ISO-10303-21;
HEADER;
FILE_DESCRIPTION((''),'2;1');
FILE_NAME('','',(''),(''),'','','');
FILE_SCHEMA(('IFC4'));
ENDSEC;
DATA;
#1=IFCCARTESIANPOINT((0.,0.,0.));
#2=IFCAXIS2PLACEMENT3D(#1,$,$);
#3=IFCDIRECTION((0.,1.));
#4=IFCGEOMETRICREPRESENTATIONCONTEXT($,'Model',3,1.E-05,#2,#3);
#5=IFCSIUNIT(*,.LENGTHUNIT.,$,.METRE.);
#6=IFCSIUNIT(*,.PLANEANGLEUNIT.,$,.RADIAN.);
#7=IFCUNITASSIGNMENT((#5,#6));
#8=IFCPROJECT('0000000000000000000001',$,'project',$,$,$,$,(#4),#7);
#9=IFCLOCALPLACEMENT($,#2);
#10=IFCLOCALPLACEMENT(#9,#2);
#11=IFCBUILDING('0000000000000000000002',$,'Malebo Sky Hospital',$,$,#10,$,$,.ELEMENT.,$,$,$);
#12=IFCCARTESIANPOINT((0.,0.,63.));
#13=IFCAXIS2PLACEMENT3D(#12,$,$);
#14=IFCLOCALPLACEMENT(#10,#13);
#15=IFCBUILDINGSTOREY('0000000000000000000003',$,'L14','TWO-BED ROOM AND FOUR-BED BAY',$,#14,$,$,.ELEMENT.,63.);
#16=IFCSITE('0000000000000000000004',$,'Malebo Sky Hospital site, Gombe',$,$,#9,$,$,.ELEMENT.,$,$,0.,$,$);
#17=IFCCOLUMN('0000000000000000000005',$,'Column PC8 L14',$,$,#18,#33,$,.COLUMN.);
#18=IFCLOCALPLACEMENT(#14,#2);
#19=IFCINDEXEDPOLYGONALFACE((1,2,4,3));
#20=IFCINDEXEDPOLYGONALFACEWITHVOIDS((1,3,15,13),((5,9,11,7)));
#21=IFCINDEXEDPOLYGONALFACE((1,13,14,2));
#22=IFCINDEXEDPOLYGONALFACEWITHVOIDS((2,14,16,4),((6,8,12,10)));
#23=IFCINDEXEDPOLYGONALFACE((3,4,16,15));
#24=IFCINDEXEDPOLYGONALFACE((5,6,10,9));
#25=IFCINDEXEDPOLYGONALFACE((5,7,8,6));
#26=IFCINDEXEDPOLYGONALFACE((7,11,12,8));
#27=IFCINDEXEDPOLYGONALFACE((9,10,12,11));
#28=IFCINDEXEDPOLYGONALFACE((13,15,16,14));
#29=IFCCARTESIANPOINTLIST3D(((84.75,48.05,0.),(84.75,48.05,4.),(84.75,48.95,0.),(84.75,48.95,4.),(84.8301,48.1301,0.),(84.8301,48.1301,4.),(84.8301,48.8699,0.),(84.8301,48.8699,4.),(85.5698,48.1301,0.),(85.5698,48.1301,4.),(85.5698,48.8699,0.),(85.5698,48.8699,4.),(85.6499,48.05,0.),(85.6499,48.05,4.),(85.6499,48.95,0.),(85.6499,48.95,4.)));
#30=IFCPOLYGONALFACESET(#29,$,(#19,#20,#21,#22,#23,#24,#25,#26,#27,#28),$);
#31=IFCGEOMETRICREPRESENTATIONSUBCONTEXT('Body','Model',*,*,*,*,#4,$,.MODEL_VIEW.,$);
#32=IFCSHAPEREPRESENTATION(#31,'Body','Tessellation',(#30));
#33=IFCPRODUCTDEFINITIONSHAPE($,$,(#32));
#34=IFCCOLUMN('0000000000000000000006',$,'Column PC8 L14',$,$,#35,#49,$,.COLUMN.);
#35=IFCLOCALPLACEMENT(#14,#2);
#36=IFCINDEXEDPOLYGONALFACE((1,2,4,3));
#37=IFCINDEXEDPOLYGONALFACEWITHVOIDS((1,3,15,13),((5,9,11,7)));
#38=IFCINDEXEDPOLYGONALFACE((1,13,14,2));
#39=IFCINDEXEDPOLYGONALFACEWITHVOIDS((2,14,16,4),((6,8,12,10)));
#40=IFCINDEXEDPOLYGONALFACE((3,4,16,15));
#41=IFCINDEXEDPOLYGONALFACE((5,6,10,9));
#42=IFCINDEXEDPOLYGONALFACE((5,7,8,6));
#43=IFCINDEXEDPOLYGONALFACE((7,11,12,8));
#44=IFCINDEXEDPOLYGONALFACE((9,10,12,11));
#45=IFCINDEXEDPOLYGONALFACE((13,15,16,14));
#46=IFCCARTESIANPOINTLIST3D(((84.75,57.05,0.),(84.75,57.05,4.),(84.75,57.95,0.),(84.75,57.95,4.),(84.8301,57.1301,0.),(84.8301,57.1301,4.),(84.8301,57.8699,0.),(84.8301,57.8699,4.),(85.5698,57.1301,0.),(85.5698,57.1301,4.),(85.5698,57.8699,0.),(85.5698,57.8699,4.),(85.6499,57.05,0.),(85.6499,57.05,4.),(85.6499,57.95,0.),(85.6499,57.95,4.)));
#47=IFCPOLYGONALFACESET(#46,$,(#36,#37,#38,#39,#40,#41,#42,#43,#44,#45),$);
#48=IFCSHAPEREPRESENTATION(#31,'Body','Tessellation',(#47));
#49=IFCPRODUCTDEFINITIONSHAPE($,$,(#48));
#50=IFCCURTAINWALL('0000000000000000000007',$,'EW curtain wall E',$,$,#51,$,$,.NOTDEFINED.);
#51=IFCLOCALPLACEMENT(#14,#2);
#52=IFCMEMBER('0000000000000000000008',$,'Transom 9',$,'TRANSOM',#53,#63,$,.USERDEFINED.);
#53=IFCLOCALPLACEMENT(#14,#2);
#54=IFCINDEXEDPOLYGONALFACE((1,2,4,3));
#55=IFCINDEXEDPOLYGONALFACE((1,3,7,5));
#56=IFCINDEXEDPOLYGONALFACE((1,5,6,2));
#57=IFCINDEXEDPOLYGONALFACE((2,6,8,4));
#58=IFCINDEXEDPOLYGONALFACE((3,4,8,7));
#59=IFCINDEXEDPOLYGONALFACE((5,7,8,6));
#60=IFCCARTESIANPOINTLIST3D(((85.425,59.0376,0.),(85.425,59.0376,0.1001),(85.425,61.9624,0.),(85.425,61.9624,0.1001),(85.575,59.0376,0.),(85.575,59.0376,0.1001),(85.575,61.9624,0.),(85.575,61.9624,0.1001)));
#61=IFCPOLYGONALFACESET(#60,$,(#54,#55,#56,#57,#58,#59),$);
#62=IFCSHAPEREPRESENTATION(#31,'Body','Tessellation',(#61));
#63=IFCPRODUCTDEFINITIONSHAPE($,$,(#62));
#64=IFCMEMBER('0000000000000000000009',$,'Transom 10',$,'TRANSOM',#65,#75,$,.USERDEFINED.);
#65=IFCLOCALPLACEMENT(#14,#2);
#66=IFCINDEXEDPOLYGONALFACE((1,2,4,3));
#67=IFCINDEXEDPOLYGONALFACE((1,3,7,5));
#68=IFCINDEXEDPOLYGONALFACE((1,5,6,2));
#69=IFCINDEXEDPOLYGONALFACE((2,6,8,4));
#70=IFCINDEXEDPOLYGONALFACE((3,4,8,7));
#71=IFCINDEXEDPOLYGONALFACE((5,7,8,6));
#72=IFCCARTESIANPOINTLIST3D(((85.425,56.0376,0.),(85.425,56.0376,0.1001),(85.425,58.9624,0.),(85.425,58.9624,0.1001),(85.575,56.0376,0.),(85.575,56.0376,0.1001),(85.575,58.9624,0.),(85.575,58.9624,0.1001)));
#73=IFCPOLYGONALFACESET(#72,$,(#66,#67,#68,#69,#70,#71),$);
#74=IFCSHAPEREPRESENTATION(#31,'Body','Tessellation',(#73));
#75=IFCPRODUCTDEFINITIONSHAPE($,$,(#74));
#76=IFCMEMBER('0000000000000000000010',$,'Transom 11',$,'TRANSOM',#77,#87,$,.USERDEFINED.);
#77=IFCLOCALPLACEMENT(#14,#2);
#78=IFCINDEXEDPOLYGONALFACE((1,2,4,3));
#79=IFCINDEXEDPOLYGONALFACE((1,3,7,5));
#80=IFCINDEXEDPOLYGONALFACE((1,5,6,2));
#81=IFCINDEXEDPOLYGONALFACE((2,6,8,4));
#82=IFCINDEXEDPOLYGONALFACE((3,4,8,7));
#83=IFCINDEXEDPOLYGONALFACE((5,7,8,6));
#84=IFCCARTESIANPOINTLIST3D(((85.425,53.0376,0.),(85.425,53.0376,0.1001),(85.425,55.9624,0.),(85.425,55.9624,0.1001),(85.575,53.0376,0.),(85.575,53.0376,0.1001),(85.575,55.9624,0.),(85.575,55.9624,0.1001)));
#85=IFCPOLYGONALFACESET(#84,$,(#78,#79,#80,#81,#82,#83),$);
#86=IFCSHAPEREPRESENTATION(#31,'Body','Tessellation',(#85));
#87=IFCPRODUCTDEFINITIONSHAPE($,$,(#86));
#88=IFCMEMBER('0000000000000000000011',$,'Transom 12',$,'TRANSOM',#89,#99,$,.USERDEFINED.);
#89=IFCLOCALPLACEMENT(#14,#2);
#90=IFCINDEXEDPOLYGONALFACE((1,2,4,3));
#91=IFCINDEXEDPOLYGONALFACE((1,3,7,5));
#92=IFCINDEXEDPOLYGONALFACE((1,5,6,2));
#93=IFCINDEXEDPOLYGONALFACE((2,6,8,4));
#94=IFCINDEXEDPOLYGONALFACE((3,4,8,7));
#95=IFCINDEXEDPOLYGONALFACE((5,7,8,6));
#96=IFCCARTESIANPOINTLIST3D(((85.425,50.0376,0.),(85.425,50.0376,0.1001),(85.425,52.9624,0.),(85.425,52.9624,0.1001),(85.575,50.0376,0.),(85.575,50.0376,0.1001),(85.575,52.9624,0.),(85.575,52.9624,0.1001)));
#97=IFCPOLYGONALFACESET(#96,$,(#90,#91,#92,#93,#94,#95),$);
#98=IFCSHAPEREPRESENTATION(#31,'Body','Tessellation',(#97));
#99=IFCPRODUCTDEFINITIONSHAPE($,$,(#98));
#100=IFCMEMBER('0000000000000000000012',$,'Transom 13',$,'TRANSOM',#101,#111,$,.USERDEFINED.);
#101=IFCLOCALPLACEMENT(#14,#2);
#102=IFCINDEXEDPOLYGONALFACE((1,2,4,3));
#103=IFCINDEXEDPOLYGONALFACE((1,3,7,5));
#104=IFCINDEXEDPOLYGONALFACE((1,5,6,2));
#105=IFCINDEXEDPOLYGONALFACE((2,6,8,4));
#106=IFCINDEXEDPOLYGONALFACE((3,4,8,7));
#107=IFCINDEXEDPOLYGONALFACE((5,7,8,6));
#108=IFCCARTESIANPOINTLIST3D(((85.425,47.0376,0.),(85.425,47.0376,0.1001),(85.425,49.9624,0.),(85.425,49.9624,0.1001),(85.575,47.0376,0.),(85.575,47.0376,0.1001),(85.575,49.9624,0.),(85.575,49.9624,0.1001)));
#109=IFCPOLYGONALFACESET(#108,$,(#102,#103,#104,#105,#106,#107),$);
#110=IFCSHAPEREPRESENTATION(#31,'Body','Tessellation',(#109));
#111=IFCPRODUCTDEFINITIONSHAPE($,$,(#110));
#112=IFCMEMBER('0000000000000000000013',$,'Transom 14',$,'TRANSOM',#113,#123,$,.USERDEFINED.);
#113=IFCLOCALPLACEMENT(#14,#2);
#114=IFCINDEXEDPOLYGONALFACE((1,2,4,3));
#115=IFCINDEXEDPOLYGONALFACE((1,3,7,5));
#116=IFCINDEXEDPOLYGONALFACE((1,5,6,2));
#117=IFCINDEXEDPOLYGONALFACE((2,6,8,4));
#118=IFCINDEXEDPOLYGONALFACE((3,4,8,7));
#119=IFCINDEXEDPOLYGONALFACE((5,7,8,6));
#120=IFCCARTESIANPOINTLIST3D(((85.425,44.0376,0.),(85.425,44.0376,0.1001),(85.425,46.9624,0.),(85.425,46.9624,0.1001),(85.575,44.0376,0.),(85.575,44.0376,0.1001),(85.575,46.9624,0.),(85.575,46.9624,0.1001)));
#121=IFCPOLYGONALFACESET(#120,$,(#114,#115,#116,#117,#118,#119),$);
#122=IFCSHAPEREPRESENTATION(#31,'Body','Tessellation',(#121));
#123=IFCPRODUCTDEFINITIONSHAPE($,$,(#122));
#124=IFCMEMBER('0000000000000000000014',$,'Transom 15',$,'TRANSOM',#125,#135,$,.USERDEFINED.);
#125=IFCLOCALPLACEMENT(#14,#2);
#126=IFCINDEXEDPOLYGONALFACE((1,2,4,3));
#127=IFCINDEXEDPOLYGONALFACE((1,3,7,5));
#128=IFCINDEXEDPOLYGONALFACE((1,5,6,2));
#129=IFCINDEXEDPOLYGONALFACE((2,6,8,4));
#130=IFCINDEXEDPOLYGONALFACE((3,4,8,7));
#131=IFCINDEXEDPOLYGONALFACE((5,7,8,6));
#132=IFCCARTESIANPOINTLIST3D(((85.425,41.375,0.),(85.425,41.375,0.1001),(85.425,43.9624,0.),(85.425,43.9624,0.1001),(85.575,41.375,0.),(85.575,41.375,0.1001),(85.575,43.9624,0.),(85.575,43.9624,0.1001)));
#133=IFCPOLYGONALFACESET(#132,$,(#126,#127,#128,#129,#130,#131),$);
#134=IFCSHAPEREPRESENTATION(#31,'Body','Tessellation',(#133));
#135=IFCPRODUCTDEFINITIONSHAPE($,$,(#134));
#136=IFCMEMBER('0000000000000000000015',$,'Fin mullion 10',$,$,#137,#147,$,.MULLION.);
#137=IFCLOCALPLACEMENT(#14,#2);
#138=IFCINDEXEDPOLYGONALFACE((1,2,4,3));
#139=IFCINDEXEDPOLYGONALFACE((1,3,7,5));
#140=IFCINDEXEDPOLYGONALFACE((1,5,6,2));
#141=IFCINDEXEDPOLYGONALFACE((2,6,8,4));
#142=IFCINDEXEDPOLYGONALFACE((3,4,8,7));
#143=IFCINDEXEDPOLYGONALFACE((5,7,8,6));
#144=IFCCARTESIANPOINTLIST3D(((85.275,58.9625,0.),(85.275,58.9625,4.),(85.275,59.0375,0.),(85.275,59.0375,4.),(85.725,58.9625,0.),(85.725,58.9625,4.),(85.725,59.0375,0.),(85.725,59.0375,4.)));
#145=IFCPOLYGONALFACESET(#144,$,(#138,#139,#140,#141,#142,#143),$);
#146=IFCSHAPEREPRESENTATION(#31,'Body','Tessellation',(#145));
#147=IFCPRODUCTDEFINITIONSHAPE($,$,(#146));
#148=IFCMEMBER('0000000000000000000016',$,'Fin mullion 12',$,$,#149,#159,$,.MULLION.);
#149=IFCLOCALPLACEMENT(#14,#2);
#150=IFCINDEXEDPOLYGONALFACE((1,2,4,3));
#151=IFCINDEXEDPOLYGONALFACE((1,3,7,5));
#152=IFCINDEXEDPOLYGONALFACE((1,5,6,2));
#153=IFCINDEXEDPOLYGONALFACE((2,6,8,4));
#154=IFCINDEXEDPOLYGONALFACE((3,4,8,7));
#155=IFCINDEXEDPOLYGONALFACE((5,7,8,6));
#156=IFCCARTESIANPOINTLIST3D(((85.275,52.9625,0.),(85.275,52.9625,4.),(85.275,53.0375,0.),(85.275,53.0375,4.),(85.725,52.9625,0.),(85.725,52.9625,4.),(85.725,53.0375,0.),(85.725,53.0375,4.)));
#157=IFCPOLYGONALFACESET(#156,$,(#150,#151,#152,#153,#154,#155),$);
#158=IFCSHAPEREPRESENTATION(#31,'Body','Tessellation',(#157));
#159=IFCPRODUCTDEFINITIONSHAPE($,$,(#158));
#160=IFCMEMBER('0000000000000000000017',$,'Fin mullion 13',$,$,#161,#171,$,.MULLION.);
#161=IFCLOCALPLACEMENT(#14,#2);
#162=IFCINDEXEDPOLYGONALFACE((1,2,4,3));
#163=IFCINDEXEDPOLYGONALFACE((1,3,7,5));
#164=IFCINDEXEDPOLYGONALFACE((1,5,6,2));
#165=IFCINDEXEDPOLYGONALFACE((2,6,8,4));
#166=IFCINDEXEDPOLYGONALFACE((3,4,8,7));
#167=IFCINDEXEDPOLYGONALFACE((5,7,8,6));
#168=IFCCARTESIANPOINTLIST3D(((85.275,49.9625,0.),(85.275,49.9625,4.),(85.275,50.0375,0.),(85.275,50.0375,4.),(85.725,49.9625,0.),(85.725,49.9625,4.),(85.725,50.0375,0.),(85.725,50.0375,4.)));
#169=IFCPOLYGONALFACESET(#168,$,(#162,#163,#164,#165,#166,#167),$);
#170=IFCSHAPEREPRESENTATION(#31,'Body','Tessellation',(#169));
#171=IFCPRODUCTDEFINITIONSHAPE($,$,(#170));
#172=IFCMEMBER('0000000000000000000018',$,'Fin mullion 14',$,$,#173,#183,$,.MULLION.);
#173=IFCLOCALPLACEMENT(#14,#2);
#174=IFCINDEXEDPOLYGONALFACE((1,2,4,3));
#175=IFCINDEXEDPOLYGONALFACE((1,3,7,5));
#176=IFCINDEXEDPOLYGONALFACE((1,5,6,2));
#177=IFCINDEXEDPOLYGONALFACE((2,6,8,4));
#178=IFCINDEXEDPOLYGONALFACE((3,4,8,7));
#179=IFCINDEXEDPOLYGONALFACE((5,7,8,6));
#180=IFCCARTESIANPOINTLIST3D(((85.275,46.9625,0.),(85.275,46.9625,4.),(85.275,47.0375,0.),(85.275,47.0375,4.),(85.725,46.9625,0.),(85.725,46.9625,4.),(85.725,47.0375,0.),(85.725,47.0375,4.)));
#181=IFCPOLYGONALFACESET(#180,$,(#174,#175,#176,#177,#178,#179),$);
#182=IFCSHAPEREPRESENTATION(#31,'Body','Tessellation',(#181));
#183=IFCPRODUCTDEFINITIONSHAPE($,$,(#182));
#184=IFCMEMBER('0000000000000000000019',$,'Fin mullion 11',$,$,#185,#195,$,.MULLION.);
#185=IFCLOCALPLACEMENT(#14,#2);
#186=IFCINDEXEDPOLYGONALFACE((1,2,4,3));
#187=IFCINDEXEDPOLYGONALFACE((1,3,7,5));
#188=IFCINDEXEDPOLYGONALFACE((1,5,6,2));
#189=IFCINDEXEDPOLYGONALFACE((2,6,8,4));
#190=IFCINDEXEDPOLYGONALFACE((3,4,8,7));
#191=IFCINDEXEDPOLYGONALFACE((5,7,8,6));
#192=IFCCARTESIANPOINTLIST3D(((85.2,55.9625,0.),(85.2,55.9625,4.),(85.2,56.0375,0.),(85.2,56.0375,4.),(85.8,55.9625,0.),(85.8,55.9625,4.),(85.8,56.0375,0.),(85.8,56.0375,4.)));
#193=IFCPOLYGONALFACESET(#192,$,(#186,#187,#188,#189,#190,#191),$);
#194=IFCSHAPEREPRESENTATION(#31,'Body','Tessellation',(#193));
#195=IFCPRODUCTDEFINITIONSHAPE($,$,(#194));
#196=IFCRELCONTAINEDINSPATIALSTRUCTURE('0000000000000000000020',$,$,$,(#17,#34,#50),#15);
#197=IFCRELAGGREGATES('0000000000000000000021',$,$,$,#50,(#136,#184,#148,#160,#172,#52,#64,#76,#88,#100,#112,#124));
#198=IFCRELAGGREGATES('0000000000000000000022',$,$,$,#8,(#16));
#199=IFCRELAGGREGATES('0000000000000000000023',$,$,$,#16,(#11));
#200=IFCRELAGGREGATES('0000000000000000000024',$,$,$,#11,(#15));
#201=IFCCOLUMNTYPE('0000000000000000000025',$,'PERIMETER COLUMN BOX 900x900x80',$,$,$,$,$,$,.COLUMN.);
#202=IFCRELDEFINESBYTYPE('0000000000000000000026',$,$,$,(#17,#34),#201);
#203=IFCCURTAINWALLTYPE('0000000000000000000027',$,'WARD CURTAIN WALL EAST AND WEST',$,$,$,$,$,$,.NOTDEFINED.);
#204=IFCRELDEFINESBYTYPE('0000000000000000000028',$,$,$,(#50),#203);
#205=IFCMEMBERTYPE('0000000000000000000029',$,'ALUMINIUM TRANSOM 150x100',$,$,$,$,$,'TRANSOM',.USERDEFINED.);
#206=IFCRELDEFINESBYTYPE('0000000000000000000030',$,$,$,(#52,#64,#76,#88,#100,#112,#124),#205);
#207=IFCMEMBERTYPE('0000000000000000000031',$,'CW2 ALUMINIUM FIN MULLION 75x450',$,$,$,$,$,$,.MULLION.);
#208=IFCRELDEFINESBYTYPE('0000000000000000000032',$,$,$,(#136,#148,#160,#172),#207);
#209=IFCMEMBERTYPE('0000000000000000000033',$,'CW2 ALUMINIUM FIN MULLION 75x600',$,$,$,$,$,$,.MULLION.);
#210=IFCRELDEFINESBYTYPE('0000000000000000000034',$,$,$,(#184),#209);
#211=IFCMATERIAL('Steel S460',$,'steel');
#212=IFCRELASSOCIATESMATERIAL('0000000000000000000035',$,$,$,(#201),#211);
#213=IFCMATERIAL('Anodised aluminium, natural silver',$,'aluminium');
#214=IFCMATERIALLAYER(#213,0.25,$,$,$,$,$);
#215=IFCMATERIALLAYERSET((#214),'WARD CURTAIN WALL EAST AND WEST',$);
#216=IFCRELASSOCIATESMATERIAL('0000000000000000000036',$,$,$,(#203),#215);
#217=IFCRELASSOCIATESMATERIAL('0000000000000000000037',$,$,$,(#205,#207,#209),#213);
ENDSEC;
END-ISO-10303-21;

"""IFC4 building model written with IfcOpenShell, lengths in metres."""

from ifc_helpers import new_model, si_unit, direction, frame, origin, origin_2d, place, context, subcontext, project, spatial, rectangle, hollow_rectangle, extrude, material, layer, layer_set, material_profile, profile_set, type_object, element, aggregate, save


model = new_model("IFC4")

# Units and contexts
model_context = context("Model", 3, precision=1e-05, world=origin(), true_north=direction((0.0, 1.0)))
body_context = subcontext(model_context, "Body", "Model", "MODEL_VIEW")
ifc_project = project(units=[si_unit("LENGTHUNIT", "METRE"), si_unit("PLANEANGLEUNIT", "RADIAN")], contexts=[model_context])

# Site, building, storey
site_placement = place(None, origin())
site = spatial("IfcSite", under=ifc_project, at=site_placement, Name="Malebo Sky Hospital site, Gombe", CompositionType="ELEMENT", RefElevation=0.0)
building_placement = place(site_placement, origin())
building = spatial("IfcBuilding", under=site, at=building_placement, Name="Malebo Sky Hospital", CompositionType="ELEMENT")
storey_placement = place(building_placement, frame((0.0, 0.0, 63.0)))
storey = spatial("IfcBuildingStorey", under=building, at=storey_placement, Name="L14", Description="TWO-BED ROOM AND FOUR-BED BAY", CompositionType="ELEMENT", Elevation=63.0)

# Columns
ifc_material_1 = material(Name="Steel S460", Category="steel")
ifc_material_profile_1 = material_profile(ifc_material_1, hollow_rectangle(XDim=0.8999, YDim=0.8999, WallThickness=0.0801, at=origin_2d()), Name="BOX 900x900x80")
ifc_profile_set_1 = profile_set([ifc_material_profile_1], Name="Steel S460")
column_type = type_object("IfcColumnType", Name="PERIMETER COLUMN BOX 900x900x80", PredefinedType="COLUMN", material=ifc_profile_set_1)
for number, where, z_axis, x_axis, name in (
    (1, (85.2, 48.5, 0.0), (0.0, 0.0, 1.0), (1.0, 0.0, 0.0), "Column PC8 L14"),
    (2, (85.2, 57.5, 0.0), (0.0, 0.0, 1.0), (1.0, 0.0, 0.0), "Column PC8 L14"),
):
    element("IfcColumn", number, at=place(storey_placement, frame(where, z_axis=z_axis, x_axis=x_axis)), inside=storey, type_object=column_type, Name=name, PredefinedType="COLUMN", context=body_context, shape_type="SweptSolid", body=[
        extrude(hollow_rectangle(XDim=0.8999, YDim=0.8999, WallThickness=0.0801, at=origin_2d()), origin(), (0.0, 0.0, 1.0), 4.0),
    ])

# Curtain wall, members
ifc_material_2 = material(Name="Anodised aluminium, natural silver", Category="aluminium")
ifc_layer_1 = layer(ifc_material_2, 0.25)
ifc_layer_set_1 = layer_set([ifc_layer_1], Name="WARD CURTAIN WALL EAST AND WEST")
curtain_wall_type = type_object("IfcCurtainWallType", Name="WARD CURTAIN WALL EAST AND WEST", PredefinedType="NOTDEFINED", material=ifc_layer_set_1)
curtain_wall_placement = place(storey_placement, origin())
curtain_wall = element("IfcCurtainWall", 3, at=curtain_wall_placement, inside=storey, type_object=curtain_wall_type, Name="EW curtain wall E", PredefinedType="NOTDEFINED")
ifc_material_profile_2 = material_profile(ifc_material_2, rectangle(XDim=0.1499, YDim=0.1001, at=origin_2d()), Name="ALUMINIUM TRANSOM 150x100")
ifc_profile_set_2 = profile_set([ifc_material_profile_2], Name="Anodised aluminium, natural silver")
member_type_1 = type_object("IfcMemberType", Name="ALUMINIUM TRANSOM 150x100", ElementType="TRANSOM", PredefinedType="USERDEFINED", material=ifc_profile_set_2)
member_1_placement = place(storey_placement, frame((85.5, 61.9624, 0.05), z_axis=(0.0, -1.0, 0.0), x_axis=(1.0, 0.0, 0.0)))
member_1 = element("IfcMember", 4, at=member_1_placement, type_object=member_type_1, Name="Transom 9", ObjectType="TRANSOM", PredefinedType="USERDEFINED", context=body_context, shape_type="SweptSolid", body=[
    extrude(rectangle(XDim=0.1499, YDim=0.1001, at=origin_2d()), origin(), (0.0, 0.0, 1.0), 2.9248),
])
member_2_placement = place(storey_placement, frame((85.5, 58.9624, 0.05), z_axis=(0.0, -1.0, 0.0), x_axis=(1.0, 0.0, 0.0)))
member_2 = element("IfcMember", 5, at=member_2_placement, type_object=member_type_1, Name="Transom 10", ObjectType="TRANSOM", PredefinedType="USERDEFINED", context=body_context, shape_type="SweptSolid", body=[
    extrude(rectangle(XDim=0.1499, YDim=0.1001, at=origin_2d()), origin(), (0.0, 0.0, 1.0), 2.9248),
])
member_3_placement = place(storey_placement, frame((85.5, 55.9624, 0.05), z_axis=(0.0, -1.0, 0.0), x_axis=(1.0, 0.0, 0.0)))
member_3 = element("IfcMember", 6, at=member_3_placement, type_object=member_type_1, Name="Transom 11", ObjectType="TRANSOM", PredefinedType="USERDEFINED", context=body_context, shape_type="SweptSolid", body=[
    extrude(rectangle(XDim=0.1499, YDim=0.1001, at=origin_2d()), origin(), (0.0, 0.0, 1.0), 2.9248),
])
member_4_placement = place(storey_placement, frame((85.5, 52.9624, 0.05), z_axis=(0.0, -1.0, 0.0), x_axis=(1.0, 0.0, 0.0)))
member_4 = element("IfcMember", 7, at=member_4_placement, type_object=member_type_1, Name="Transom 12", ObjectType="TRANSOM", PredefinedType="USERDEFINED", context=body_context, shape_type="SweptSolid", body=[
    extrude(rectangle(XDim=0.1499, YDim=0.1001, at=origin_2d()), origin(), (0.0, 0.0, 1.0), 2.9248),
])
member_5_placement = place(storey_placement, frame((85.5, 49.9624, 0.05), z_axis=(0.0, -1.0, 0.0), x_axis=(1.0, 0.0, 0.0)))
member_5 = element("IfcMember", 8, at=member_5_placement, type_object=member_type_1, Name="Transom 13", ObjectType="TRANSOM", PredefinedType="USERDEFINED", context=body_context, shape_type="SweptSolid", body=[
    extrude(rectangle(XDim=0.1499, YDim=0.1001, at=origin_2d()), origin(), (0.0, 0.0, 1.0), 2.9248),
])
member_6_placement = place(storey_placement, frame((85.5, 46.9624, 0.05), z_axis=(0.0, -1.0, 0.0), x_axis=(1.0, 0.0, 0.0)))
member_6 = element("IfcMember", 9, at=member_6_placement, type_object=member_type_1, Name="Transom 14", ObjectType="TRANSOM", PredefinedType="USERDEFINED", context=body_context, shape_type="SweptSolid", body=[
    extrude(rectangle(XDim=0.1499, YDim=0.1001, at=origin_2d()), origin(), (0.0, 0.0, 1.0), 2.9248),
])
member_7_placement = place(storey_placement, frame((85.5, 43.9624, 0.05), z_axis=(0.0, -1.0, 0.0), x_axis=(1.0, 0.0, 0.0)))
member_7 = element("IfcMember", 10, at=member_7_placement, type_object=member_type_1, Name="Transom 15", ObjectType="TRANSOM", PredefinedType="USERDEFINED", context=body_context, shape_type="SweptSolid", body=[
    extrude(rectangle(XDim=0.1499, YDim=0.1001, at=origin_2d()), origin(), (0.0, 0.0, 1.0), 2.5874),
])
ifc_material_profile_3 = material_profile(ifc_material_2, rectangle(XDim=0.075, YDim=0.45, at=origin_2d()), Name="CW2 ALUMINIUM FIN MULLION 75x450")
ifc_profile_set_3 = profile_set([ifc_material_profile_3], Name="Anodised aluminium, natural silver")
member_type_2 = type_object("IfcMemberType", Name="CW2 ALUMINIUM FIN MULLION 75x450", PredefinedType="MULLION", material=ifc_profile_set_3)
member_8_placement = place(storey_placement, frame((85.5, 59.0, 0.0), z_axis=(0.0, 0.0, 1.0), x_axis=(0.0, -1.0, 0.0)))
member_8 = element("IfcMember", 11, at=member_8_placement, type_object=member_type_2, Name="Fin mullion 10", PredefinedType="MULLION", context=body_context, shape_type="SweptSolid", body=[
    extrude(rectangle(XDim=0.075, YDim=0.45, at=origin_2d()), origin(), (0.0, 0.0, 1.0), 4.0),
])
member_9_placement = place(storey_placement, frame((85.5, 53.0, 0.0), z_axis=(0.0, 0.0, 1.0), x_axis=(0.0, -1.0, 0.0)))
member_9 = element("IfcMember", 12, at=member_9_placement, type_object=member_type_2, Name="Fin mullion 12", PredefinedType="MULLION", context=body_context, shape_type="SweptSolid", body=[
    extrude(rectangle(XDim=0.075, YDim=0.45, at=origin_2d()), origin(), (0.0, 0.0, 1.0), 4.0),
])
member_10_placement = place(storey_placement, frame((85.5, 50.0, 0.0), z_axis=(0.0, 0.0, 1.0), x_axis=(0.0, -1.0, 0.0)))
member_10 = element("IfcMember", 13, at=member_10_placement, type_object=member_type_2, Name="Fin mullion 13", PredefinedType="MULLION", context=body_context, shape_type="SweptSolid", body=[
    extrude(rectangle(XDim=0.075, YDim=0.45, at=origin_2d()), origin(), (0.0, 0.0, 1.0), 4.0),
])
member_11_placement = place(storey_placement, frame((85.5, 47.0, 0.0), z_axis=(0.0, 0.0, 1.0), x_axis=(0.0, -1.0, 0.0)))
member_11 = element("IfcMember", 14, at=member_11_placement, type_object=member_type_2, Name="Fin mullion 14", PredefinedType="MULLION", context=body_context, shape_type="SweptSolid", body=[
    extrude(rectangle(XDim=0.075, YDim=0.45, at=origin_2d()), origin(), (0.0, 0.0, 1.0), 4.0),
])
ifc_material_profile_4 = material_profile(ifc_material_2, rectangle(XDim=0.075, YDim=0.6001, at=origin_2d()), Name="CW2 ALUMINIUM FIN MULLION 75x600")
ifc_profile_set_4 = profile_set([ifc_material_profile_4], Name="Anodised aluminium, natural silver")
member_type_3 = type_object("IfcMemberType", Name="CW2 ALUMINIUM FIN MULLION 75x600", PredefinedType="MULLION", material=ifc_profile_set_4)
member_12_placement = place(storey_placement, frame((85.5, 56.0, 0.0), z_axis=(0.0, 0.0, 1.0), x_axis=(0.0, -1.0, 0.0)))
member_12 = element("IfcMember", 15, at=member_12_placement, type_object=member_type_3, Name="Fin mullion 11", PredefinedType="MULLION", context=body_context, shape_type="SweptSolid", body=[
    extrude(rectangle(XDim=0.075, YDim=0.6001, at=origin_2d()), origin(), (0.0, 0.0, 1.0), 4.0),
])

aggregate(curtain_wall, [member_8, member_12, member_9, member_10, member_11, member_1, member_2, member_3, member_4, member_5, member_6, member_7])

save(model, "model.ifc")
